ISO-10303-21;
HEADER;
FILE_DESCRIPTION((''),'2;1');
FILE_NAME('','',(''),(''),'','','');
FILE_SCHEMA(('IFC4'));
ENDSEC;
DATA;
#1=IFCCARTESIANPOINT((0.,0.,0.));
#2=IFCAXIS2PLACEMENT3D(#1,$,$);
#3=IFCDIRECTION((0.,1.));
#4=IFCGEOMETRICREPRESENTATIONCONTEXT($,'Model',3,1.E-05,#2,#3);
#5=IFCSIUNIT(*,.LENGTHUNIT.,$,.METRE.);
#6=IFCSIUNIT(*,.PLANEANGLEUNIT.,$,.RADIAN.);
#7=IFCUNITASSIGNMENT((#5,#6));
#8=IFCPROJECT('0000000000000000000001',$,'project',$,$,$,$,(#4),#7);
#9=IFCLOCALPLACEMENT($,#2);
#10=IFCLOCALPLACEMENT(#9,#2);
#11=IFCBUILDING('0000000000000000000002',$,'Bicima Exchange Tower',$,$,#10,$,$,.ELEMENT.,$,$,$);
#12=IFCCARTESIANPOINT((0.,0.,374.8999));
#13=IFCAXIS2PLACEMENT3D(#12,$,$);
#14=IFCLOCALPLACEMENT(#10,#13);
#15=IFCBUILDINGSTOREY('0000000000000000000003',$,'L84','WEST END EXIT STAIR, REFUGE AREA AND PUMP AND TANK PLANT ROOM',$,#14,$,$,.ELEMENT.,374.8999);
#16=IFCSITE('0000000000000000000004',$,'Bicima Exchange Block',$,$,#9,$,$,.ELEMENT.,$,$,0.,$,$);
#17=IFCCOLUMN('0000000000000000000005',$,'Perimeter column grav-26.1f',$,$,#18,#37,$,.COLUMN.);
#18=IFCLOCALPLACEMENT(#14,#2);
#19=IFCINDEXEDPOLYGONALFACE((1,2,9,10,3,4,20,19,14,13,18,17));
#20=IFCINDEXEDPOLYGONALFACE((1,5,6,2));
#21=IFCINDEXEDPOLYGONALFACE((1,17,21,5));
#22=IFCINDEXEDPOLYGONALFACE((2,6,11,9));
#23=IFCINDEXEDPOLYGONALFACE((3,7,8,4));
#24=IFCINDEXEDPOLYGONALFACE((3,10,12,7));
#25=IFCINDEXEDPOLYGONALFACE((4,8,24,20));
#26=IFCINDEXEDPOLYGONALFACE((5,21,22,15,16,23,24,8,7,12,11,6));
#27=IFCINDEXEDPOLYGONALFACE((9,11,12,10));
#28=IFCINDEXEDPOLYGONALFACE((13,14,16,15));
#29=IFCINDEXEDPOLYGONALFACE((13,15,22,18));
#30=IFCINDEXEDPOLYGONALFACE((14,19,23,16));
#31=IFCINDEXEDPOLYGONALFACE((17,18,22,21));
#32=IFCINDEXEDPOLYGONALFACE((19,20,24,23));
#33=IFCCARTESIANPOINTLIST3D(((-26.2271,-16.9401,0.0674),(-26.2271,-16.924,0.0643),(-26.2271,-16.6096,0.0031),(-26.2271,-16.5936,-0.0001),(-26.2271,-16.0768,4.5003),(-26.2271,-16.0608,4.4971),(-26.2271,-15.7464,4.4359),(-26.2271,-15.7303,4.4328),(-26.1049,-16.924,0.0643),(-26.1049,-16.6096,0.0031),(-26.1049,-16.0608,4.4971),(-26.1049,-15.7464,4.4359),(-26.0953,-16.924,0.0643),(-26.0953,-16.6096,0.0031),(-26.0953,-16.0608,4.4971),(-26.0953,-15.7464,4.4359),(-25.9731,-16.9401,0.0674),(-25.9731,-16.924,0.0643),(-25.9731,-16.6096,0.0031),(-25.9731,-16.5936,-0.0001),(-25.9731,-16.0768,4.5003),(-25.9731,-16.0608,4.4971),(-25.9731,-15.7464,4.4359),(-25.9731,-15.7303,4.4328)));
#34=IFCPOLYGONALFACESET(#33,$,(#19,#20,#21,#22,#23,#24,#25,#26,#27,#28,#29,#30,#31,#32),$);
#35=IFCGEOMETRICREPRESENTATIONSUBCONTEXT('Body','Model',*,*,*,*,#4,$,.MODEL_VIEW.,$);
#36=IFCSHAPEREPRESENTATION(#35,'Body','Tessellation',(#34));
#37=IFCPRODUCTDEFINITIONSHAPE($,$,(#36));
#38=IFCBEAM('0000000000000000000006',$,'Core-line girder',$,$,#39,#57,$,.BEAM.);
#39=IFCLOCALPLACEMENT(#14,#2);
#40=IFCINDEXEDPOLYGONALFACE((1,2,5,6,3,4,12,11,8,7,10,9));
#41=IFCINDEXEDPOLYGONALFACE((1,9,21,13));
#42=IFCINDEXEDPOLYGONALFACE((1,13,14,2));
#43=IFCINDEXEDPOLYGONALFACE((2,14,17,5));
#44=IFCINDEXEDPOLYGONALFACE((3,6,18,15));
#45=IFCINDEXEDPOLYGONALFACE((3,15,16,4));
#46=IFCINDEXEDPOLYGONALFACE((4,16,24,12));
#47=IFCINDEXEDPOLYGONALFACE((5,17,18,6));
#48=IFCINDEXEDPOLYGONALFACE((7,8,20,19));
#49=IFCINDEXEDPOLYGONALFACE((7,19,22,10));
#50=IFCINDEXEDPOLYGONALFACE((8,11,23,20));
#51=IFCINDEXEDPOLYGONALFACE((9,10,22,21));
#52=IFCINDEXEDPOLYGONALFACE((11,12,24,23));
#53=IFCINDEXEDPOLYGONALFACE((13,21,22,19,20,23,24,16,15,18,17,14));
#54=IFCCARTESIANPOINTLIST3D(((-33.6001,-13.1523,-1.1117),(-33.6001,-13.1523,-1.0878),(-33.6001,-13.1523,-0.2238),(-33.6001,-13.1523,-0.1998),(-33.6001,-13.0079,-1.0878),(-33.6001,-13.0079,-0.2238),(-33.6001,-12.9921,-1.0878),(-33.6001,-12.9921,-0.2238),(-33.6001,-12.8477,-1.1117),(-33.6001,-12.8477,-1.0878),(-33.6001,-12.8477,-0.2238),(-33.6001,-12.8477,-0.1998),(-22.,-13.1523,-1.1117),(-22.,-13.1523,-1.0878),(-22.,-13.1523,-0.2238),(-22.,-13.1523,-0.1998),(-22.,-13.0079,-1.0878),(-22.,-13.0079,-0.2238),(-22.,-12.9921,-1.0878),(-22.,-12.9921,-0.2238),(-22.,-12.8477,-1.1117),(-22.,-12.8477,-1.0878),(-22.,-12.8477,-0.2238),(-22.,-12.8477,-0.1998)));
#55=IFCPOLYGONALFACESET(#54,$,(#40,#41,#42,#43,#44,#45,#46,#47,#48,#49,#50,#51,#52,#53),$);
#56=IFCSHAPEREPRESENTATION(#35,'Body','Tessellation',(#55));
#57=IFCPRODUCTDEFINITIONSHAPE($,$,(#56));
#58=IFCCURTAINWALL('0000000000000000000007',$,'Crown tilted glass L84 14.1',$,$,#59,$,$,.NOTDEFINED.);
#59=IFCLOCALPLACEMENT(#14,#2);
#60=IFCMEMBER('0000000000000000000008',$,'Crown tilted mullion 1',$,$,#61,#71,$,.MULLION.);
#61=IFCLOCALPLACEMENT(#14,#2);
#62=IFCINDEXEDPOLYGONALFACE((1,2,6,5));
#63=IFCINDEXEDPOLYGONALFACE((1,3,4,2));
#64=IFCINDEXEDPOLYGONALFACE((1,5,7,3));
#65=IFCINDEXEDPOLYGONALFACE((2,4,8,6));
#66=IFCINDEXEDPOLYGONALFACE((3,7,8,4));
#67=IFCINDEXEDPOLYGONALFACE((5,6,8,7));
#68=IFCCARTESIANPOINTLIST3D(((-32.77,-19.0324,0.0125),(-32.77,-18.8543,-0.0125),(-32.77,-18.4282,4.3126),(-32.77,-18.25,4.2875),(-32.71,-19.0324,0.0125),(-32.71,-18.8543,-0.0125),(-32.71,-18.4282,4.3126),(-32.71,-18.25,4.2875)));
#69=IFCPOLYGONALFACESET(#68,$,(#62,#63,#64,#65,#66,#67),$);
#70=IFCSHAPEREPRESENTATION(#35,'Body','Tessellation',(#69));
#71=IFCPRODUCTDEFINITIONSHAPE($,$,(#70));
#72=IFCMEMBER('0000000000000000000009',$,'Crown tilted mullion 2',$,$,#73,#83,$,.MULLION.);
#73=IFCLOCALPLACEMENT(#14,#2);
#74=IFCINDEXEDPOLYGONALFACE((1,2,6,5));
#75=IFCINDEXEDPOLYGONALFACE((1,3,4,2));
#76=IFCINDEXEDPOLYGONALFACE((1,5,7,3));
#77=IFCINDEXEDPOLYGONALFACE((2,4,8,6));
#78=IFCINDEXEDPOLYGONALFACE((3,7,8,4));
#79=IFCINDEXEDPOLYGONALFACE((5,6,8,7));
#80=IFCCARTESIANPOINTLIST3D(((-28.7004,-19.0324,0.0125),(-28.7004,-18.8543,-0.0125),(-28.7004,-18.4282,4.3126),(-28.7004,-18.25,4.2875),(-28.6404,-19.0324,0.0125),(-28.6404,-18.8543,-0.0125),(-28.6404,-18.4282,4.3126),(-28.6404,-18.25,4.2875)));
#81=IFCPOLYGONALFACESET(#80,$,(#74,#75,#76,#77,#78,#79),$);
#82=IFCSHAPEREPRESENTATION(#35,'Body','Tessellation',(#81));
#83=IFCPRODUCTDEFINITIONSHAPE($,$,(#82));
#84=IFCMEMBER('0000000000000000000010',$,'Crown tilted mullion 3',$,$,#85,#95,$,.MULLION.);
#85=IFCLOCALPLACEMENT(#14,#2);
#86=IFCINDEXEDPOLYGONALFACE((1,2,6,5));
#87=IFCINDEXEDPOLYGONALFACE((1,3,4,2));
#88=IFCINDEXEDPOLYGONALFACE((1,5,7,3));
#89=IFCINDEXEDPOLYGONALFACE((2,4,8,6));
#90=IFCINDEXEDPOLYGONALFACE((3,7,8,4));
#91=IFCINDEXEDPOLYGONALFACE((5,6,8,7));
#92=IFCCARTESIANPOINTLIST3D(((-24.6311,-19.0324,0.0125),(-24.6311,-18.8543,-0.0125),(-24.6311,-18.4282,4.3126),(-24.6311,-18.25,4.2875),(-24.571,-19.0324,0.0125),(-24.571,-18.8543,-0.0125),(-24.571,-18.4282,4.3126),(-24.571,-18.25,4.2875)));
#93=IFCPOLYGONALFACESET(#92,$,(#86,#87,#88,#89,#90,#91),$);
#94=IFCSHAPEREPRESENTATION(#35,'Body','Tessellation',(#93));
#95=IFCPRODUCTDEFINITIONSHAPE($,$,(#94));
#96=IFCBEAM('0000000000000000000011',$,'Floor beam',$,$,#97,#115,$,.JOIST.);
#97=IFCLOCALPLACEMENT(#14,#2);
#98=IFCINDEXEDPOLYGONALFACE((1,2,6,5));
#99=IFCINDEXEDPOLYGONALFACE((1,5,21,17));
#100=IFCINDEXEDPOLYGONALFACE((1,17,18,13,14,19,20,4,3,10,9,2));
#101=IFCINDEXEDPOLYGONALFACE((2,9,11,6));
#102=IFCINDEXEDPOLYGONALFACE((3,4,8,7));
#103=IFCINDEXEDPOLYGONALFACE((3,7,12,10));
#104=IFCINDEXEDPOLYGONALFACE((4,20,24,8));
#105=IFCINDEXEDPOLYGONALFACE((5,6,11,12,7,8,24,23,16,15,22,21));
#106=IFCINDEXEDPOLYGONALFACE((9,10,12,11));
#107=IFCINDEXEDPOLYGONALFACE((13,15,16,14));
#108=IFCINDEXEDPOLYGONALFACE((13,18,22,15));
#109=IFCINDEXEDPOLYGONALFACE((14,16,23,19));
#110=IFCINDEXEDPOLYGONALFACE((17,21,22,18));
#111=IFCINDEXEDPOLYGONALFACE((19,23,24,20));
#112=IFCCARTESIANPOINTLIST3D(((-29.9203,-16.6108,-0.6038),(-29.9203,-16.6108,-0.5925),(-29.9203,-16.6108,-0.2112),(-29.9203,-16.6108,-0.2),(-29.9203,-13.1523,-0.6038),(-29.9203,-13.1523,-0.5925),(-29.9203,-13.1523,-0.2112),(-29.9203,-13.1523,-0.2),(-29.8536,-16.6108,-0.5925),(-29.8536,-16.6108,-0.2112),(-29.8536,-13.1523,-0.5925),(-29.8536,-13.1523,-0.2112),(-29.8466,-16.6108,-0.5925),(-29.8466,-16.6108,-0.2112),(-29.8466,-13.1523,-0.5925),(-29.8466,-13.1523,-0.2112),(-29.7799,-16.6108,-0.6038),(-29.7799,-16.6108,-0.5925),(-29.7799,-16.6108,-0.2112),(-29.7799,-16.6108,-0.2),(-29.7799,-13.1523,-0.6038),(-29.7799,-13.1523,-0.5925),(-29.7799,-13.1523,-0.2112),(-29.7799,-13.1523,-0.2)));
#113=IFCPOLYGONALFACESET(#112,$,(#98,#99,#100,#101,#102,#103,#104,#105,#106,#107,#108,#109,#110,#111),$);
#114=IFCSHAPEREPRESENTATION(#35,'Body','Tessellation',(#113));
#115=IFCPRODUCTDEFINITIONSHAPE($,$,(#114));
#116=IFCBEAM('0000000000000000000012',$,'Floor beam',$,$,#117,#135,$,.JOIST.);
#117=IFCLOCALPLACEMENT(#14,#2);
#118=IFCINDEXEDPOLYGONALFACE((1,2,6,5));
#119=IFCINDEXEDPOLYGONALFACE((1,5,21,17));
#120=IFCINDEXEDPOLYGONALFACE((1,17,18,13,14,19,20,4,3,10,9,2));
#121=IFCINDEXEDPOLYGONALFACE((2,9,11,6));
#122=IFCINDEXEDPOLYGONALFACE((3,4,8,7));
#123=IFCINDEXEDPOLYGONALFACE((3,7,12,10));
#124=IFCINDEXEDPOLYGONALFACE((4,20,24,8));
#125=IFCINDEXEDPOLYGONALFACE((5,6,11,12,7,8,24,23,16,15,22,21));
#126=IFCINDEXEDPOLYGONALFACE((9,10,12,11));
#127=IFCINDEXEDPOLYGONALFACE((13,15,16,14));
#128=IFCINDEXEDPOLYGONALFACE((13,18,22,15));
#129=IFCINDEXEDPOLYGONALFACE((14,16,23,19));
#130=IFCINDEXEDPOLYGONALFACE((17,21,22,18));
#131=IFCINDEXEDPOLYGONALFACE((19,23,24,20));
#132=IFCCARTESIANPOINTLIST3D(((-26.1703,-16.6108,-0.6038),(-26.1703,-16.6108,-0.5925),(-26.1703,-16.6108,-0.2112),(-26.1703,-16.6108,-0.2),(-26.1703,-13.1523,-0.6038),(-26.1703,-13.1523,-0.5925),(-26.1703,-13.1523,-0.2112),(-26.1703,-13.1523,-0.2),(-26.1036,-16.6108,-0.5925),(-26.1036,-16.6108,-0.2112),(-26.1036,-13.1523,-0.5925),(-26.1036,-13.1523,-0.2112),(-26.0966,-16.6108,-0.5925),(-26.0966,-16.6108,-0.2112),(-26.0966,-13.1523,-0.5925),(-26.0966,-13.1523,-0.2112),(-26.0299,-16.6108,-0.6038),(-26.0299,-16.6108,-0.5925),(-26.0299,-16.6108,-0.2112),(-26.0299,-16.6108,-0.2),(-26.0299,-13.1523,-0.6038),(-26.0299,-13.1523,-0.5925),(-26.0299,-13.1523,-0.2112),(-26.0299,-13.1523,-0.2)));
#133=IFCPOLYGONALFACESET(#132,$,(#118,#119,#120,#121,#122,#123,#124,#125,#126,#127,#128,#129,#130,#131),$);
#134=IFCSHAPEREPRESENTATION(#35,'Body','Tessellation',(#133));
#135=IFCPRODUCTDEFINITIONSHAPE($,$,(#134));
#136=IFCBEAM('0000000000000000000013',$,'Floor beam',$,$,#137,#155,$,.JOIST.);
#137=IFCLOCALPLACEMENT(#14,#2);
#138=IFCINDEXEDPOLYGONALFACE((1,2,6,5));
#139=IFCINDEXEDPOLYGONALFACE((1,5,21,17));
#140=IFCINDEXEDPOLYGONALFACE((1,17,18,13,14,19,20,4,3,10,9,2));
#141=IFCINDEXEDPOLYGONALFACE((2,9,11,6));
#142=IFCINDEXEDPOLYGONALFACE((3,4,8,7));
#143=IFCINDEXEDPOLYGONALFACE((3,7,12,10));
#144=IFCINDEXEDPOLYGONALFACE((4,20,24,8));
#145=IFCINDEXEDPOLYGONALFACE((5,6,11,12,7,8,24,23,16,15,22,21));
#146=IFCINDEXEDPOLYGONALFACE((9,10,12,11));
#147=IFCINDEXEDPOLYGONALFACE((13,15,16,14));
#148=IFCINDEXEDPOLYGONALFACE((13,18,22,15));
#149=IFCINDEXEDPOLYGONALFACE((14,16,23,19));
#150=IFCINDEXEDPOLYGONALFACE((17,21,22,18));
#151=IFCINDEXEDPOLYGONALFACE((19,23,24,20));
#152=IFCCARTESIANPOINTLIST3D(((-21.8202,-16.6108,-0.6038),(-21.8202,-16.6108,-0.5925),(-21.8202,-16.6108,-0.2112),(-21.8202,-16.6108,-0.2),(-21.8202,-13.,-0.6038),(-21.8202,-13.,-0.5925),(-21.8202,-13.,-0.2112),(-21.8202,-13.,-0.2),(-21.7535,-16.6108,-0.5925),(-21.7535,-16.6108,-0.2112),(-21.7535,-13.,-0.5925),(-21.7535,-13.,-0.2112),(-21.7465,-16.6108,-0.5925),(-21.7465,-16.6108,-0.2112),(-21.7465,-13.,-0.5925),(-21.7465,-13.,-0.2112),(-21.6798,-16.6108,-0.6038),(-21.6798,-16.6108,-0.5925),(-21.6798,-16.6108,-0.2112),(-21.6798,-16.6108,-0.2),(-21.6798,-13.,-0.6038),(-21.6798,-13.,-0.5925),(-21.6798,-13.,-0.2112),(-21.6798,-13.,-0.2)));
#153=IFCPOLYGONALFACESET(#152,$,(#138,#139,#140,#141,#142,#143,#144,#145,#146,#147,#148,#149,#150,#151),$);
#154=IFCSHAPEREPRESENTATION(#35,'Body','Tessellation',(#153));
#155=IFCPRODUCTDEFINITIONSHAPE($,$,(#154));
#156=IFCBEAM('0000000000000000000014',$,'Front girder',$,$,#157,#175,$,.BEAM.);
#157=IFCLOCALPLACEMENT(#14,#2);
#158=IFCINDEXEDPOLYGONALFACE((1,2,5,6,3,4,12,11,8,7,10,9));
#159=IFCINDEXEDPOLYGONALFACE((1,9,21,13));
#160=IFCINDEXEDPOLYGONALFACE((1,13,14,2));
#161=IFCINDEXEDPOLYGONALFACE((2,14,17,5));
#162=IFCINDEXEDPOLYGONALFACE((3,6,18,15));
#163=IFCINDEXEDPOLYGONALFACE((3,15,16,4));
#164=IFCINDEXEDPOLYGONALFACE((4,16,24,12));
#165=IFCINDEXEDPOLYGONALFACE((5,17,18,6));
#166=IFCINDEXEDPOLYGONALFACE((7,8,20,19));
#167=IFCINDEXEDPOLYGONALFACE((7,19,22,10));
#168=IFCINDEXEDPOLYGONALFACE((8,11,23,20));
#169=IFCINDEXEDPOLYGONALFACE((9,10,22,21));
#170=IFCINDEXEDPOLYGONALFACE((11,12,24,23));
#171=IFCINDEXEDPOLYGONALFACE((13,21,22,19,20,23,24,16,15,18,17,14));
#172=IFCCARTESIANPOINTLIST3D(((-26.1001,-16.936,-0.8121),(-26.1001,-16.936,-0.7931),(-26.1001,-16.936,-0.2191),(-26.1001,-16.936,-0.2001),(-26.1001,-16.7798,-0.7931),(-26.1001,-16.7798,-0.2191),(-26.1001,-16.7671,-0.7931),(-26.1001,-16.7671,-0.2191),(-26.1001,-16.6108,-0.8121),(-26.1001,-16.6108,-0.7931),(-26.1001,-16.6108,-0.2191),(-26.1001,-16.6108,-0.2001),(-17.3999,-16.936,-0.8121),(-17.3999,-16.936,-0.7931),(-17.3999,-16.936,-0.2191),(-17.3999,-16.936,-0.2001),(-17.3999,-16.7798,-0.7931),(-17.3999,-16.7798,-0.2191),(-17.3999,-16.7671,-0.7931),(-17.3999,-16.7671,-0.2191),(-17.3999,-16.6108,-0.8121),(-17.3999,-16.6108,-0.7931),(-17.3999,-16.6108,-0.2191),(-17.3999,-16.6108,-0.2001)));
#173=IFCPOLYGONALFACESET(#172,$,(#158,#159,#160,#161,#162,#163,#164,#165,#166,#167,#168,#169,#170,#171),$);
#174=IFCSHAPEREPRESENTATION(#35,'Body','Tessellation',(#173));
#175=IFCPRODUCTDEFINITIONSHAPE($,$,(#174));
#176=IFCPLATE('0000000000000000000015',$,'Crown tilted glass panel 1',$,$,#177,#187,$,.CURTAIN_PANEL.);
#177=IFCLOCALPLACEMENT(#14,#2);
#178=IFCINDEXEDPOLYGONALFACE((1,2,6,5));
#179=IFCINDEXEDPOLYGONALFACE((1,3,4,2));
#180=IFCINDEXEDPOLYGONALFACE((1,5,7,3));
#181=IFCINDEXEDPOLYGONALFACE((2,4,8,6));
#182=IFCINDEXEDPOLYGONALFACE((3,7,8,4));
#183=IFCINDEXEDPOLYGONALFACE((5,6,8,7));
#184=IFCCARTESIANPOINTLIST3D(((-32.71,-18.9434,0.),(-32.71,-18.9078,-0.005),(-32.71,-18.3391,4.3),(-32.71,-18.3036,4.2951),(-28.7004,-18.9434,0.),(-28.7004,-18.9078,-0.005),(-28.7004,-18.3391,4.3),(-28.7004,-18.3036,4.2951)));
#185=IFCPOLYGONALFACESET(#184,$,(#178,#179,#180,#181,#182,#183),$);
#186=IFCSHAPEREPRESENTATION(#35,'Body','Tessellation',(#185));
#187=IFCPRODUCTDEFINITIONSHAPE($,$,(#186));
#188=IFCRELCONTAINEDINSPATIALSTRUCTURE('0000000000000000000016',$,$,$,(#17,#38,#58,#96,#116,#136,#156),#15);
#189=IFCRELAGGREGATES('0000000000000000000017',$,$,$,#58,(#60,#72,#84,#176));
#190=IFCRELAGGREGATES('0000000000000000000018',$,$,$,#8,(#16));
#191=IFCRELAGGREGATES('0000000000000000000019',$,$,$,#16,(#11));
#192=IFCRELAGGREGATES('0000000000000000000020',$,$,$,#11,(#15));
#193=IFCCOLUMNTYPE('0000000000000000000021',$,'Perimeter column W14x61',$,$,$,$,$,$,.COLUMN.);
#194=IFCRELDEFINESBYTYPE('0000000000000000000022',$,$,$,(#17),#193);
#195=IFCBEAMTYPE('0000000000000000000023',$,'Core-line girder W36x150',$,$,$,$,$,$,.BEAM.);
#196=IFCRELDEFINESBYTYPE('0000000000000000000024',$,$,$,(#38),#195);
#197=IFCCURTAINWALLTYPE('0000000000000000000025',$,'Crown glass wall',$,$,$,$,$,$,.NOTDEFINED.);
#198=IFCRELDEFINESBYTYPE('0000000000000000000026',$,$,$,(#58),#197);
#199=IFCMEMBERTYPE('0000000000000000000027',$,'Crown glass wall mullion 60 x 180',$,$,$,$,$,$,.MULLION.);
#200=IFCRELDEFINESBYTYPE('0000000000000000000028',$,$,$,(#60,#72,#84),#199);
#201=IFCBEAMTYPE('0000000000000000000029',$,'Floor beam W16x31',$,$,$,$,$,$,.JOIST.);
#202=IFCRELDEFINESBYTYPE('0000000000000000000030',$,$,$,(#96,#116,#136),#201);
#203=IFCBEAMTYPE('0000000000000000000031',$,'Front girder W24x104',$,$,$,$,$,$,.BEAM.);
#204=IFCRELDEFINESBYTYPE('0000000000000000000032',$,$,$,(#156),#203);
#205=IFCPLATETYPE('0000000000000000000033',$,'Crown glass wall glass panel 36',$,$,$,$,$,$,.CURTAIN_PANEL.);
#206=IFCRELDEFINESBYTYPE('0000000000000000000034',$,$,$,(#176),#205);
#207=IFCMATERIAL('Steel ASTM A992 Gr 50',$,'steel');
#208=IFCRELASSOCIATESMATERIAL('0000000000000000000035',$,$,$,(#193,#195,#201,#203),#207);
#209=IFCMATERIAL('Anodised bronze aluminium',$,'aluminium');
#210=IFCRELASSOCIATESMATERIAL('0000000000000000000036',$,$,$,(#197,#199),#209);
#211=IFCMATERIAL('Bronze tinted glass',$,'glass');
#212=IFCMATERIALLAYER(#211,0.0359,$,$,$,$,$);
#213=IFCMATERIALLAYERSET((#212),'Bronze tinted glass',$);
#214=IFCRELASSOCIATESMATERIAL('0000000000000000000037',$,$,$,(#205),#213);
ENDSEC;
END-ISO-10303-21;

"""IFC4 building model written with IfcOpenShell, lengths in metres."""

from ifc_helpers import new_model, si_unit, direction, frame, origin, origin_2d, place, context, subcontext, project, spatial, polyline, rectangle, i_section, outline, extrude, material, layer, layer_set, material_profile, profile_set, type_object, element, aggregate, save


model = new_model("IFC4")

# Units and contexts
model_context = context("Model", 3, precision=1e-05, world=origin(), true_north=direction((0.0, 1.0)))
body_context = subcontext(model_context, "Body", "Model", "MODEL_VIEW")
ifc_project = project(units=[si_unit("LENGTHUNIT", "METRE"), si_unit("PLANEANGLEUNIT", "RADIAN")], contexts=[model_context])

# Site, building, storey
site_placement = place(None, origin())
site = spatial("IfcSite", under=ifc_project, at=site_placement, Name="Bicima Exchange Block", CompositionType="ELEMENT", RefElevation=0.0)
building_placement = place(site_placement, origin())
building = spatial("IfcBuilding", under=site, at=building_placement, Name="Bicima Exchange Tower", CompositionType="ELEMENT")
storey_placement = place(building_placement, frame((0.0, 0.0, 374.8999)))
storey = spatial("IfcBuildingStorey", under=building, at=storey_placement, Name="L84", Description="WEST END EXIT STAIR, REFUGE AREA AND PUMP AND TANK PLANT ROOM", CompositionType="ELEMENT", Elevation=374.8999)

# Column
ifc_material_1 = material(Name="Steel ASTM A992 Gr 50", Category="steel")
ifc_material_profile_1 = material_profile(ifc_material_1, i_section(OverallWidth=0.2539, OverallDepth=0.353, WebThickness=0.0095, FlangeThickness=0.0164, at=origin_2d()))
ifc_profile_set_1 = profile_set([ifc_material_profile_1], Name="Steel ASTM A992 Gr 50")
column_type = type_object("IfcColumnType", Name="Perimeter column W14x61", PredefinedType="COLUMN", material=ifc_profile_set_1)
column_placement = place(storey_placement, frame((-26.1001, -16.7668, 0.0337), z_axis=(0.0, 0.191155, 0.98156), x_axis=(-1.0, 0.0, 0.0)))
element("IfcColumn", 1, at=column_placement, inside=storey, type_object=column_type, Name="Perimeter column grav-26.1f", PredefinedType="COLUMN", context=body_context, shape_type="SweptSolid", body=[
    extrude(i_section(OverallWidth=0.2539, OverallDepth=0.353, WebThickness=0.0095, FlangeThickness=0.0164, at=origin_2d()), origin(), (0.0, 0.0, 1.0), 4.5161),
])

# Beam
ifc_material_profile_2 = material_profile(ifc_material_1, i_section(OverallWidth=0.3047, OverallDepth=0.9119, WebThickness=0.0159, FlangeThickness=0.0239, at=origin_2d()))
ifc_profile_set_2 = profile_set([ifc_material_profile_2], Name="Steel ASTM A992 Gr 50")
beam_type_1 = type_object("IfcBeamType", Name="Core-line girder W36x150", PredefinedType="BEAM", material=ifc_profile_set_2)
beam_1_placement = place(storey_placement, frame((-22.0, -13.0, -0.6558), z_axis=(-1.0, 0.0, 0.0), x_axis=(0.0, -1.0, 0.0)))
element("IfcBeam", 2, at=beam_1_placement, inside=storey, type_object=beam_type_1, Name="Core-line girder", PredefinedType="BEAM", context=body_context, shape_type="SweptSolid", body=[
    extrude(i_section(OverallWidth=0.3047, OverallDepth=0.9119, WebThickness=0.0159, FlangeThickness=0.0239, at=origin_2d()), origin(), (0.0, 0.0, 1.0), 11.6001),
])

# Curtain wall, members
ifc_material_2 = material(Name="Anodised bronze aluminium", Category="aluminium")
curtain_wall_type = type_object("IfcCurtainWallType", Name="Crown glass wall", PredefinedType="NOTDEFINED", material=ifc_material_2)
curtain_wall_placement = place(storey_placement, origin())
curtain_wall = element("IfcCurtainWall", 3, at=curtain_wall_placement, inside=storey, type_object=curtain_wall_type, Name="Crown tilted glass L84 14.1", PredefinedType="NOTDEFINED")
ifc_material_profile_3 = material_profile(ifc_material_2, rectangle(XDim=0.1799, YDim=0.0601, at=origin_2d()))
ifc_profile_set_3 = profile_set([ifc_material_profile_3], Name="Anodised bronze aluminium")
member_type = type_object("IfcMemberType", Name="Crown glass wall mullion 60 x 180", PredefinedType="MULLION", material=ifc_profile_set_3)
member_1_placement = place(storey_placement, frame((-32.74, -18.9434, 0.0), z_axis=(0.0, 0.139154, 0.990271), x_axis=(0.0, -0.990271, 0.139154)))
member_1 = element("IfcMember", 4, at=member_1_placement, type_object=member_type, Name="Crown tilted mullion 1", PredefinedType="MULLION", context=body_context, shape_type="SweptSolid", body=[
    extrude(rectangle(XDim=0.1799, YDim=0.0601, at=origin_2d()), origin(), (0.0, 0.0, 1.0), 4.3423),
])
member_2_placement = place(storey_placement, frame((-28.6704, -18.9434, 0.0), z_axis=(0.0, 0.139154, 0.990271), x_axis=(0.0, -0.990271, 0.139154)))
member_2 = element("IfcMember", 5, at=member_2_placement, type_object=member_type, Name="Crown tilted mullion 2", PredefinedType="MULLION", context=body_context, shape_type="SweptSolid", body=[
    extrude(rectangle(XDim=0.1799, YDim=0.0601, at=origin_2d()), origin(), (0.0, 0.0, 1.0), 4.3423),
])
member_3_placement = place(storey_placement, frame((-24.6011, -18.9434, 0.0), z_axis=(0.0, 0.139154, 0.990271), x_axis=(0.0, -0.990271, 0.139154)))
member_3 = element("IfcMember", 6, at=member_3_placement, type_object=member_type, Name="Crown tilted mullion 3", PredefinedType="MULLION", context=body_context, shape_type="SweptSolid", body=[
    extrude(rectangle(XDim=0.1799, YDim=0.0601, at=origin_2d()), origin(), (0.0, 0.0, 1.0), 4.3423),
])

# Beams
ifc_material_profile_4 = material_profile(ifc_material_1, i_section(OverallWidth=0.1404, OverallDepth=0.4038, WebThickness=0.0071, FlangeThickness=0.0112, at=origin_2d()))
ifc_profile_set_4 = profile_set([ifc_material_profile_4], Name="Steel ASTM A992 Gr 50")
beam_type_2 = type_object("IfcBeamType", Name="Floor beam W16x31", PredefinedType="JOIST", material=ifc_profile_set_4)
for number, where, z_axis, x_axis, name in (
    (7, (-29.8501, -13.1523, -0.4019), (0.0, -1.0, 0.0), (1.0, 0.0, 0.0), "Floor beam"),
    (8, (-26.1001, -13.1523, -0.4019), (0.0, -1.0, 0.0), (1.0, 0.0, 0.0), "Floor beam"),
):
    element("IfcBeam", number, at=place(storey_placement, frame(where, z_axis=z_axis, x_axis=x_axis)), inside=storey, type_object=beam_type_2, Name=name, PredefinedType="JOIST", context=body_context, shape_type="SweptSolid", body=[
        extrude(i_section(OverallWidth=0.1404, OverallDepth=0.4038, WebThickness=0.0071, FlangeThickness=0.0112, at=origin_2d()), origin(), (0.0, 0.0, 1.0), 3.4585),
    ])
beam_2_placement = place(storey_placement, frame((-21.75, -13.0, -0.4019), z_axis=(0.0, -1.0, 0.0), x_axis=(1.0, 0.0, 0.0)))
element("IfcBeam", 9, at=beam_2_placement, inside=storey, type_object=beam_type_2, Name="Floor beam", PredefinedType="JOIST", context=body_context, shape_type="SweptSolid", body=[
    extrude(i_section(OverallWidth=0.1404, OverallDepth=0.4038, WebThickness=0.0071, FlangeThickness=0.0112, at=origin_2d()), origin(), (0.0, 0.0, 1.0), 3.6108),
])
ifc_material_profile_5 = material_profile(ifc_material_1, i_section(OverallWidth=0.3252, OverallDepth=0.6121, WebThickness=0.0127, FlangeThickness=0.019, at=origin_2d()))
ifc_profile_set_5 = profile_set([ifc_material_profile_5], Name="Steel ASTM A992 Gr 50")
beam_type_3 = type_object("IfcBeamType", Name="Front girder W24x104", PredefinedType="BEAM", material=ifc_profile_set_5)
beam_3_placement = place(storey_placement, frame((-26.1001, -16.7734, -0.5061), z_axis=(1.0, 0.0, 0.0), x_axis=(0.0, 1.0, 0.0)))
element("IfcBeam", 10, at=beam_3_placement, inside=storey, type_object=beam_type_3, Name="Front girder", PredefinedType="BEAM", context=body_context, shape_type="SweptSolid", body=[
    extrude(i_section(OverallWidth=0.3252, OverallDepth=0.6121, WebThickness=0.0127, FlangeThickness=0.019, at=origin_2d()), origin(), (0.0, 0.0, 1.0), 8.7002),
])

# Plate
ifc_material_3 = material(Name="Bronze tinted glass", Category="glass")
ifc_layer_1 = layer(ifc_material_3, 0.0359)
ifc_layer_set_1 = layer_set([ifc_layer_1], Name="Bronze tinted glass")
plate_type = type_object("IfcPlateType", Name="Crown glass wall glass panel 36", PredefinedType="CURTAIN_PANEL", material=ifc_layer_set_1)
plate_1_placement = place(storey_placement, frame((-32.71, -18.9434, 0.0), z_axis=(0.0, -0.990271, 0.139154), x_axis=(1.0, 0.0, 0.0)))
plate_1 = element("IfcPlate", 11, at=plate_1_placement, type_object=plate_type, Name="Crown tilted glass panel 1", PredefinedType="CURTAIN_PANEL", context=body_context, shape_type="SweptSolid", body=[
    extrude(outline(polyline([(0.0, 0.0), (4.0095, 0.0), (4.0095, 4.3423), (0.0, 4.3423), (0.0, 0.0)])), origin(), (0.0, 0.0, -1.0), 0.0359),
])
aggregate(curtain_wall, [member_1, member_2, member_3, plate_1])

save(model, "model.ifc")
